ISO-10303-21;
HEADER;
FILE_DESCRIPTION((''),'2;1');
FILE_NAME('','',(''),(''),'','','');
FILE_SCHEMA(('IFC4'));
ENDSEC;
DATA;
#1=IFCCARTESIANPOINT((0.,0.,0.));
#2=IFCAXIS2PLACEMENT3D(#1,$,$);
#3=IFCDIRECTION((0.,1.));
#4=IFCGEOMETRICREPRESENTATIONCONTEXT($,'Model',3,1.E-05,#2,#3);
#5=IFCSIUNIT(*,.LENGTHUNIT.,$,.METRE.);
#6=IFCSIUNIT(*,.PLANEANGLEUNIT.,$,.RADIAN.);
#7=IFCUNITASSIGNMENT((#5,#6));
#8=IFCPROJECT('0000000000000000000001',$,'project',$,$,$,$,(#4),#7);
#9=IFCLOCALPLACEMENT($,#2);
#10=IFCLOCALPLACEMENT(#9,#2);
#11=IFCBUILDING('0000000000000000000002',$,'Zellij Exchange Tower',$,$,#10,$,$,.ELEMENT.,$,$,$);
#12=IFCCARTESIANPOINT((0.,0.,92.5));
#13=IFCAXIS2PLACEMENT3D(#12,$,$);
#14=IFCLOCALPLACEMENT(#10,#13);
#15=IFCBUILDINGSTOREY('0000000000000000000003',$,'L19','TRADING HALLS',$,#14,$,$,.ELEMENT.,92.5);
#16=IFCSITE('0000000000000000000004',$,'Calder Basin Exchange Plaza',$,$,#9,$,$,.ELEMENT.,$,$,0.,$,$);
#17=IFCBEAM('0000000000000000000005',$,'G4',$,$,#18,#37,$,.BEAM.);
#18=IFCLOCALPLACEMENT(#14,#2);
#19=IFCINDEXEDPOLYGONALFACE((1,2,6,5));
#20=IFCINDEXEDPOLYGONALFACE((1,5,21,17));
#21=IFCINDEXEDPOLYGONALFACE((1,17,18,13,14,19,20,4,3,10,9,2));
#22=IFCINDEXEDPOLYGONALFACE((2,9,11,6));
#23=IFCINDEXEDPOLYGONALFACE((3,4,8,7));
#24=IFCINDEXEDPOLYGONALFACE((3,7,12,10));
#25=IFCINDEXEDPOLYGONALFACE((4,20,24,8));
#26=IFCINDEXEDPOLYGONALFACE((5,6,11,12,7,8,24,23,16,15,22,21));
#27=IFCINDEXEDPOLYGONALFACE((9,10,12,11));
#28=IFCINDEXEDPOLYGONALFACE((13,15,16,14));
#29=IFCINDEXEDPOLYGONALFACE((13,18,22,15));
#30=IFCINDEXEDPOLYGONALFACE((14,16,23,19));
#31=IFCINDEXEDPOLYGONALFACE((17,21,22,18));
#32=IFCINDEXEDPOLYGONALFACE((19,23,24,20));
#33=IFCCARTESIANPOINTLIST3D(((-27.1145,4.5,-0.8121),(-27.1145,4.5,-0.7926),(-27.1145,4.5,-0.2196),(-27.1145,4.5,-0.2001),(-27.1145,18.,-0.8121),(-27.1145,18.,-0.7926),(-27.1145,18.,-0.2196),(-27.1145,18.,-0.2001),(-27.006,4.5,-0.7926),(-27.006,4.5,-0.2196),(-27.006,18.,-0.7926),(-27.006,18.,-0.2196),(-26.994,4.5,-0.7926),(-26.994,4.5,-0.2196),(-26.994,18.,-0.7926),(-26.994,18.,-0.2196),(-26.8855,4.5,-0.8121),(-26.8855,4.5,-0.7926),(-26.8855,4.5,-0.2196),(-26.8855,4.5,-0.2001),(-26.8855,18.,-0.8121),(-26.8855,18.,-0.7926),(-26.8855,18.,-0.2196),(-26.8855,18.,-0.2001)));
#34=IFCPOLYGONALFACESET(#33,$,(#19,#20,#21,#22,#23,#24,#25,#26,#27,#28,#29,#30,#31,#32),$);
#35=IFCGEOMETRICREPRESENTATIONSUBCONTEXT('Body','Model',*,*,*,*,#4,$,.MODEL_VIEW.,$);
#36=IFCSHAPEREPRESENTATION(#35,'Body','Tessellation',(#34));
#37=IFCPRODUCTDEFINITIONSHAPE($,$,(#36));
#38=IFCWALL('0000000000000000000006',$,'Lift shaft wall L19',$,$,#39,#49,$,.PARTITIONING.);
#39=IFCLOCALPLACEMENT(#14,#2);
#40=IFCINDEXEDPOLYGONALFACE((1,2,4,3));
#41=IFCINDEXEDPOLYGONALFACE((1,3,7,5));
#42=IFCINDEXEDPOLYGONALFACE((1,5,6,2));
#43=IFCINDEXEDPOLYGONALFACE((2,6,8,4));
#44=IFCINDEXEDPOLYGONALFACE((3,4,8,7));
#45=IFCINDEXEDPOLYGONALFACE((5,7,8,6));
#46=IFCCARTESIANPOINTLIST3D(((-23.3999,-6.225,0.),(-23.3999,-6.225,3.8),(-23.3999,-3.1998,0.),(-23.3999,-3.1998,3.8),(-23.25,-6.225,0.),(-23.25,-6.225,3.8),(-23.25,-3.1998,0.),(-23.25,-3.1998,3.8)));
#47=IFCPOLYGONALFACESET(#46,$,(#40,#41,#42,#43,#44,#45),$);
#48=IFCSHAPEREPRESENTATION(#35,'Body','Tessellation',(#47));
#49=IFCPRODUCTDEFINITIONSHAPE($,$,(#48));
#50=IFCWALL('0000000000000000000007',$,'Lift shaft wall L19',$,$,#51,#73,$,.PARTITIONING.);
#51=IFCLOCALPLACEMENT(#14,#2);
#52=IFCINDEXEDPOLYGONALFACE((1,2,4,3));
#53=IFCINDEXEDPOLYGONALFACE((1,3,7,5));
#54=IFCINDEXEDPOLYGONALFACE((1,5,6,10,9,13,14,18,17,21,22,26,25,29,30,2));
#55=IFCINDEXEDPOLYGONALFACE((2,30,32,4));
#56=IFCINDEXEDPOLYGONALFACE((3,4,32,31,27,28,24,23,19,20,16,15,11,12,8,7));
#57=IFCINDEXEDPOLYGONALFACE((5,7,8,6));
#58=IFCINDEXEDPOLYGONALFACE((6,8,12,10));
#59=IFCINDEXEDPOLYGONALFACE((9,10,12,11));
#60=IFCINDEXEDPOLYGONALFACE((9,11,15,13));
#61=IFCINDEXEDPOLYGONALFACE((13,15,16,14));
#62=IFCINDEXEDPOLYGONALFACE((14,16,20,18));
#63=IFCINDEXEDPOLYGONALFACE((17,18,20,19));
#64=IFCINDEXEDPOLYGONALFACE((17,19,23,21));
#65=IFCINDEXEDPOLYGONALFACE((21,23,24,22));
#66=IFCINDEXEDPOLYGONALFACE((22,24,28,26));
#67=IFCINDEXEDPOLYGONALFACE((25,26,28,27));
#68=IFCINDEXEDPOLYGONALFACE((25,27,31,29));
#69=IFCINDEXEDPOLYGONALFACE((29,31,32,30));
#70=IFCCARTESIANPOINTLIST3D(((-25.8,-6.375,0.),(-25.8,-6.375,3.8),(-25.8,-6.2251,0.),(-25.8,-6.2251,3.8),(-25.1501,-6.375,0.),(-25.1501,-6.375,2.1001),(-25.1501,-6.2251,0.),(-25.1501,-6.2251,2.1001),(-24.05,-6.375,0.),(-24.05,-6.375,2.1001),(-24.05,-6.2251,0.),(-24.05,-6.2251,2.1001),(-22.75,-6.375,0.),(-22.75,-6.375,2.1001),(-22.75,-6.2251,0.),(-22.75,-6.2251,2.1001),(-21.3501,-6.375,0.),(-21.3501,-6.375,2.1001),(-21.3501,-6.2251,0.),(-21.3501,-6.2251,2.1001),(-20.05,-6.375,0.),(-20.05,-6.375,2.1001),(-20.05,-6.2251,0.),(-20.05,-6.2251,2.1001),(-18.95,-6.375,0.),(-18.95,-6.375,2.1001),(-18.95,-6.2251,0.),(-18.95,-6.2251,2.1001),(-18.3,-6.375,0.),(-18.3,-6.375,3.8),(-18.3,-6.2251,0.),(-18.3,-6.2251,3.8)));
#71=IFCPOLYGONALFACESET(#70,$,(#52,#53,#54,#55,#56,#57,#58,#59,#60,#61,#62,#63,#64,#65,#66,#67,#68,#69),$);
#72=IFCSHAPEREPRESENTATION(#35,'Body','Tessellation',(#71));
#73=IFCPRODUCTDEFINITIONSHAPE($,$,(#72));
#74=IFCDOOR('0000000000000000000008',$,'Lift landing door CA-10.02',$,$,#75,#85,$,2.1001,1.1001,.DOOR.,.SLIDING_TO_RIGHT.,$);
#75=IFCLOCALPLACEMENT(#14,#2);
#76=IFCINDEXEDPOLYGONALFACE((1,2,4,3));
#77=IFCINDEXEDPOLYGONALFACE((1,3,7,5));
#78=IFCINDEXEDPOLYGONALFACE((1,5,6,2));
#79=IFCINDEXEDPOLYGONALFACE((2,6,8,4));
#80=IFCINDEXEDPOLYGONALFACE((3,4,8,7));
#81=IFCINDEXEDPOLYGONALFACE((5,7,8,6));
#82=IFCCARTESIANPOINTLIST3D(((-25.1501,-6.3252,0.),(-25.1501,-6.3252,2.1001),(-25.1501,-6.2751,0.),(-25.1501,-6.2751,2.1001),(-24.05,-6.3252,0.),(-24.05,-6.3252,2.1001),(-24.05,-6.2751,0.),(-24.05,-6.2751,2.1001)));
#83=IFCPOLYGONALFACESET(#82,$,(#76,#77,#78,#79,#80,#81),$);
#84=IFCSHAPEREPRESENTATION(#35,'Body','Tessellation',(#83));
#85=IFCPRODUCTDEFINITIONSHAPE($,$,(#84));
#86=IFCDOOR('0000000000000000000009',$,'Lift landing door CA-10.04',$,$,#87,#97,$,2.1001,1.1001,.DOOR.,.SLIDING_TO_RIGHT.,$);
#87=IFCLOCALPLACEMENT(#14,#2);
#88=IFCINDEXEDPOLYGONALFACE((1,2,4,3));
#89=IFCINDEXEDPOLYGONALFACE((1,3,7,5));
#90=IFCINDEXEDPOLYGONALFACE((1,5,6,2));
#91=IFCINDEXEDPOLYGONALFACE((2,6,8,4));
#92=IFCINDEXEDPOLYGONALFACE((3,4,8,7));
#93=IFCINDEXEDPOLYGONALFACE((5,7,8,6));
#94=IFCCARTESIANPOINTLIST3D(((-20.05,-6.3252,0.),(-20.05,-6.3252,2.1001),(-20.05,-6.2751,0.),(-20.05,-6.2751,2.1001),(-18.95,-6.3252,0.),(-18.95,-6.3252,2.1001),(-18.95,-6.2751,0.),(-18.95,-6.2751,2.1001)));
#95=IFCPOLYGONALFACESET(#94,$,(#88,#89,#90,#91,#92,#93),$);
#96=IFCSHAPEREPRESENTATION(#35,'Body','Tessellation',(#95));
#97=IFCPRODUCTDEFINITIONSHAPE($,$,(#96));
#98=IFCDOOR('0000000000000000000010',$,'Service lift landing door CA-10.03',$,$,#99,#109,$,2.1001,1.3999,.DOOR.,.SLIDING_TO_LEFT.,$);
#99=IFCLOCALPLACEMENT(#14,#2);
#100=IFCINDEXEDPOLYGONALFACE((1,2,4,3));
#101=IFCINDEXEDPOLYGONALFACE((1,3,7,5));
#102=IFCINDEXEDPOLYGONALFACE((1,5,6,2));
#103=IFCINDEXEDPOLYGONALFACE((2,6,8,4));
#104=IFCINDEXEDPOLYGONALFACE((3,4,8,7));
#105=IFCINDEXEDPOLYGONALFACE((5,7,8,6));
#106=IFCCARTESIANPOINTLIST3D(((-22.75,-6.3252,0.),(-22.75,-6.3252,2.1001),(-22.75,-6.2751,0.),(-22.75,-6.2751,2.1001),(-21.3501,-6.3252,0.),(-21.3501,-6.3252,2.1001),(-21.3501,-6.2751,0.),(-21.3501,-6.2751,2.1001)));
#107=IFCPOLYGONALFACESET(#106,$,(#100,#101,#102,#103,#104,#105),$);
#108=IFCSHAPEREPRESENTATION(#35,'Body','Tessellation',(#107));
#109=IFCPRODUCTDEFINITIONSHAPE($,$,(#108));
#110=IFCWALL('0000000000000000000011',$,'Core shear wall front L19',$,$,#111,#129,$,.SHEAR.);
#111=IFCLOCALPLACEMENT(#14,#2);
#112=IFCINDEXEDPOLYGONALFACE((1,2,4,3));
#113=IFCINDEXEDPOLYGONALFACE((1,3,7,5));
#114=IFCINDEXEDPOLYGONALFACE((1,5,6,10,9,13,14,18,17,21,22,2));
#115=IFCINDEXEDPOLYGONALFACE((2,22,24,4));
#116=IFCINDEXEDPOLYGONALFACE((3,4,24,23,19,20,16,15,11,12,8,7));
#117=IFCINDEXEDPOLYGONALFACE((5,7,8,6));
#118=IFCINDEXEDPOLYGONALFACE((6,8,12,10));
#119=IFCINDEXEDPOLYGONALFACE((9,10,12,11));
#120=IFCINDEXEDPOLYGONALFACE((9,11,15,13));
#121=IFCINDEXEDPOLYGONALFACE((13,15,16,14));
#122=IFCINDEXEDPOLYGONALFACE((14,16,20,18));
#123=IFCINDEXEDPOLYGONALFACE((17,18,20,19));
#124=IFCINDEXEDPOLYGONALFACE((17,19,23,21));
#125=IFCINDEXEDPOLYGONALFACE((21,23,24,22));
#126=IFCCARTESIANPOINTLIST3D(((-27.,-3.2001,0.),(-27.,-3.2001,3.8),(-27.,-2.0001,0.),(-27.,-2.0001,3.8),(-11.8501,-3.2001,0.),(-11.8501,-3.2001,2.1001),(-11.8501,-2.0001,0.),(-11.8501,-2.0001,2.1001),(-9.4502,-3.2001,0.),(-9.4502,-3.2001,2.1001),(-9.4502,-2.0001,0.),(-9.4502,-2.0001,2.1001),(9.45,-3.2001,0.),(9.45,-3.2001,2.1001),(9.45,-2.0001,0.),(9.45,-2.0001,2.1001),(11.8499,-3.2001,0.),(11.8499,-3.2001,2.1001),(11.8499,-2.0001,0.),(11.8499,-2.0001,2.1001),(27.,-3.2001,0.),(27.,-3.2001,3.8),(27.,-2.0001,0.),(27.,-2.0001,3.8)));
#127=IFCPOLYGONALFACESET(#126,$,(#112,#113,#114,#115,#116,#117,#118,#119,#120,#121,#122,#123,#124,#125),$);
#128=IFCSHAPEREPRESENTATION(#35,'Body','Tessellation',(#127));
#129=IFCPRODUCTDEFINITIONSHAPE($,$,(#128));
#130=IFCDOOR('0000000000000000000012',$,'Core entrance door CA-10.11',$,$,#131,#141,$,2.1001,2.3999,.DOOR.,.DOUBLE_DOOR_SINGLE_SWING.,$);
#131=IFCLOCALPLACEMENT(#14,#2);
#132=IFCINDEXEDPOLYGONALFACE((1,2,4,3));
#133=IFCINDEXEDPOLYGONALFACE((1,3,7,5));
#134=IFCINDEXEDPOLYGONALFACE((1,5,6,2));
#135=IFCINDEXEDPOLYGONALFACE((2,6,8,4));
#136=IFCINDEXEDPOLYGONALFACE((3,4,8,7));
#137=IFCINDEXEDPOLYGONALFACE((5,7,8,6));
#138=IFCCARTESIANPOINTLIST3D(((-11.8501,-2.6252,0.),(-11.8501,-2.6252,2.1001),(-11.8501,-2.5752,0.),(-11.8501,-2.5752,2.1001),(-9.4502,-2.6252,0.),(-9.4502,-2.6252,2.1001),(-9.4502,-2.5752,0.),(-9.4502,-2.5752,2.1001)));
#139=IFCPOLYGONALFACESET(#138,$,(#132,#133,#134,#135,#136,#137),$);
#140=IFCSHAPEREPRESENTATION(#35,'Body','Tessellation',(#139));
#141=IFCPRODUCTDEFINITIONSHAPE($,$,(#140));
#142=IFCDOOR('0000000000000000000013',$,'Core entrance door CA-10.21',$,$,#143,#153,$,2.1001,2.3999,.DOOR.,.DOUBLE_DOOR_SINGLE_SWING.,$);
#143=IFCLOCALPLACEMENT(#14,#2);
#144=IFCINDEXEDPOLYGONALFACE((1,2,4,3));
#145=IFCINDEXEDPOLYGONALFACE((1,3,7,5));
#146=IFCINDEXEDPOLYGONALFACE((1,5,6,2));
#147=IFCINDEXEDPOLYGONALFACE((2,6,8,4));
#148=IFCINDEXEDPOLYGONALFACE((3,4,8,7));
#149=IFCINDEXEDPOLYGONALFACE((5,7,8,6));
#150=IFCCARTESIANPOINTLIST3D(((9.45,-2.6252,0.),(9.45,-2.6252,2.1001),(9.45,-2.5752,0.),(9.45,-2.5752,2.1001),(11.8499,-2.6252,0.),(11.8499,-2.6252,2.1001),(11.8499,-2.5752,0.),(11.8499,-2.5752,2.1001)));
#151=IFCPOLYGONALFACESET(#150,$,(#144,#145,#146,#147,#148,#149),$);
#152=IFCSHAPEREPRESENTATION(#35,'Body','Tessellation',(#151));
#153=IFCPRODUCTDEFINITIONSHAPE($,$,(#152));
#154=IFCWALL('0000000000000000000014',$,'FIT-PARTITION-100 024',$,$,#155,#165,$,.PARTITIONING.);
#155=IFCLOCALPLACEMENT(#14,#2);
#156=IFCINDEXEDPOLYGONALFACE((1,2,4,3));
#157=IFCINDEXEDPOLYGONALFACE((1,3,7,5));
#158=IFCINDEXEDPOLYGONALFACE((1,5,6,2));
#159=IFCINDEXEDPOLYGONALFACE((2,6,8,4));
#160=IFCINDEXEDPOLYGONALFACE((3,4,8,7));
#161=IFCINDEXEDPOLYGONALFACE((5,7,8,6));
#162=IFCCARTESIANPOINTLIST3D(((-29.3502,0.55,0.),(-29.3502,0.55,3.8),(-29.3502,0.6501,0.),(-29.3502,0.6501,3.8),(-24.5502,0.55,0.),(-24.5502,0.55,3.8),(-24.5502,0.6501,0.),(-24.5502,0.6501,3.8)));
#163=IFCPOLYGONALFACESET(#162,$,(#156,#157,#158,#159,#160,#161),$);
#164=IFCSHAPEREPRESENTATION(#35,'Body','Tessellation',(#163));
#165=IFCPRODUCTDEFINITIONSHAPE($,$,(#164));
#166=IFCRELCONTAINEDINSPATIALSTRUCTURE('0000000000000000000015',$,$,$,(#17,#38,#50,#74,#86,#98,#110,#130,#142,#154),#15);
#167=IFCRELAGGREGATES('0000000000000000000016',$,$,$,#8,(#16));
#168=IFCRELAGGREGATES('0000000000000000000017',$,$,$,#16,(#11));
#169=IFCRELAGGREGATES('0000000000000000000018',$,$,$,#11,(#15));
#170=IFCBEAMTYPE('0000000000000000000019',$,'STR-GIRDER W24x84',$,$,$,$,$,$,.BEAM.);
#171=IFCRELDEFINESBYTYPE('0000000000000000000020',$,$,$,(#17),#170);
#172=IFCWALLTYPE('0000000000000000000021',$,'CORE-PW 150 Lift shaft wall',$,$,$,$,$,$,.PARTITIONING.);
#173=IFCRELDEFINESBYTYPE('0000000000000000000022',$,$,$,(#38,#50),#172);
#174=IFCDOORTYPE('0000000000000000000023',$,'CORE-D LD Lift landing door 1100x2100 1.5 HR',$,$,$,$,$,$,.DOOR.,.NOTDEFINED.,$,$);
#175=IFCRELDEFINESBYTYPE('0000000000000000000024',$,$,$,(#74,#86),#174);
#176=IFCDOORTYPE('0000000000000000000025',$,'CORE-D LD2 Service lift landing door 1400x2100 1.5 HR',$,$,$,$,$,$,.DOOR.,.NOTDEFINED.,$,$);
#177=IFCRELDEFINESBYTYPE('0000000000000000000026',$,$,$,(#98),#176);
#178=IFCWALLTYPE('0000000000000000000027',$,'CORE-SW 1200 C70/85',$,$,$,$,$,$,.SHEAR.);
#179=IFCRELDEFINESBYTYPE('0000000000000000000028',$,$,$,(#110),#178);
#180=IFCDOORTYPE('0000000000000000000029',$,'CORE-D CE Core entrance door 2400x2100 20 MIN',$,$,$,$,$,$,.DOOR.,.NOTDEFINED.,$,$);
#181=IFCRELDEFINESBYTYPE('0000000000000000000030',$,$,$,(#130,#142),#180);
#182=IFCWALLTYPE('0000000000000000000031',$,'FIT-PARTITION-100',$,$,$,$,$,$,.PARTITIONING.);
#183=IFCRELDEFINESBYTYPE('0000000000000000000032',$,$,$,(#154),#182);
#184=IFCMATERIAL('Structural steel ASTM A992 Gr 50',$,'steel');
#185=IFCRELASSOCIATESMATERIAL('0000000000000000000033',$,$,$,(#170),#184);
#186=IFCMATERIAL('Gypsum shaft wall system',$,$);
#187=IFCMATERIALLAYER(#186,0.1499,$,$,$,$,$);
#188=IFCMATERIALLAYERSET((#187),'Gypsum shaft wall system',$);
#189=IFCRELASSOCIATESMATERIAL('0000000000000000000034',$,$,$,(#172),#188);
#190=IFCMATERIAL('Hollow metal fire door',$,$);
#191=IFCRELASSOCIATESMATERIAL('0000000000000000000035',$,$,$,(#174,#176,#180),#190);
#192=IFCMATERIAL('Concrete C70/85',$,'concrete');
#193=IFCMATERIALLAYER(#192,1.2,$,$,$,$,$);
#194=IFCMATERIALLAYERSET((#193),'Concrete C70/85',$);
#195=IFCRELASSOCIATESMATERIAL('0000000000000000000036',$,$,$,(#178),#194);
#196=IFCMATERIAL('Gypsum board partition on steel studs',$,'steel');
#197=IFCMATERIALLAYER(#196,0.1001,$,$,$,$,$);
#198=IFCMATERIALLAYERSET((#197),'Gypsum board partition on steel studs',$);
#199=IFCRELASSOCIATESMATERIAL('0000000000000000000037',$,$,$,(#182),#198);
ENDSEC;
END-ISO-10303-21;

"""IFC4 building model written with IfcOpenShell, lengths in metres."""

from ifc_helpers import new_model, si_unit, direction, frame, frame_2d, origin, origin_2d, place, context, subcontext, project, spatial, rectangle, i_section, extrude, material, layer, layer_set, material_profile, profile_set, type_object, element, fill, save


model = new_model("IFC4")

# Units and contexts
model_context = context("Model", 3, precision=1e-05, world=origin(), true_north=direction((0.0, 1.0)))
body_context = subcontext(model_context, "Body", "Model", "MODEL_VIEW")
ifc_project = project(units=[si_unit("LENGTHUNIT", "METRE"), si_unit("PLANEANGLEUNIT", "RADIAN")], contexts=[model_context])

# Site, building, storey
site_placement = place(None, origin())
site = spatial("IfcSite", under=ifc_project, at=site_placement, Name="Calder Basin Exchange Plaza", CompositionType="ELEMENT", RefElevation=0.0)
building_placement = place(site_placement, origin())
building = spatial("IfcBuilding", under=site, at=building_placement, Name="Zellij Exchange Tower", CompositionType="ELEMENT")
storey_placement = place(building_placement, frame((0.0, 0.0, 92.5)))
storey = spatial("IfcBuildingStorey", under=building, at=storey_placement, Name="L19", Description="TRADING HALLS", CompositionType="ELEMENT", Elevation=92.5)

# Shared definitions
ifc_material_1 = material(Name="Concrete C70/85", Category="concrete")

# Beam
ifc_material_2 = material(Name="Structural steel ASTM A992 Gr 50", Category="steel")
ifc_material_profile_1 = material_profile(ifc_material_2, i_section(OverallWidth=0.229, OverallDepth=0.6121, WebThickness=0.012, FlangeThickness=0.0195, at=origin_2d()), Name="W24x84")
ifc_profile_set_1 = profile_set([ifc_material_profile_1], Name="Structural steel ASTM A992 Gr 50")
beam_type_1 = type_object("IfcBeamType", Name="STR-GIRDER W24x84", PredefinedType="BEAM", material=ifc_profile_set_1)
beam_1_placement = place(storey_placement, frame((-27.0, 4.5, -0.5061), z_axis=(0.0, 1.0, 0.0), x_axis=(-1.0, 0.0, 0.0)))
element("IfcBeam", 1, at=beam_1_placement, inside=storey, type_object=beam_type_1, Name="G4", PredefinedType="BEAM", context=body_context, shape_type="SweptSolid", body=[
    extrude(i_section(OverallWidth=0.229, OverallDepth=0.6121, WebThickness=0.012, FlangeThickness=0.0195, at=origin_2d()), origin(), (0.0, 0.0, 1.0), 13.5),
])

# Wall
ifc_material_3 = material(Name="Gypsum shaft wall system")
ifc_layer_1 = layer(ifc_material_3, 0.1499)
ifc_layer_set_1 = layer_set([ifc_layer_1], Name="Gypsum shaft wall system")
wall_type_1 = type_object("IfcWallType", Name="CORE-PW 150 Lift shaft wall", PredefinedType="PARTITIONING", material=ifc_layer_set_1)
wall_1_placement = place(storey_placement, frame((-23.325, -6.2251, 0.0), z_axis=(0.0, 0.0, 1.0), x_axis=(0.0, 1.0, 0.0)))
element("IfcWall", 2, at=wall_1_placement, inside=storey, type_object=wall_type_1, Name="Lift shaft wall L19", PredefinedType="PARTITIONING", context=body_context, shape_type="SweptSolid", body=[
    extrude(rectangle(XDim=3.0251, YDim=0.1499, at=frame_2d((1.5127, 0.0))), origin(), (0.0, 0.0, 1.0), 3.8),
])

# Walls, openings, doors
wall_2_placement = place(storey_placement, frame((-25.8, -6.3, 0.0), z_axis=(0.0, 0.0, 1.0), x_axis=(1.0, 0.0, 0.0)))
wall_2 = element("IfcWall", 3, at=wall_2_placement, inside=storey, type_object=wall_type_1, Name="Lift shaft wall L19", PredefinedType="PARTITIONING", context=body_context, shape_type="SweptSolid", body=[
    extrude(rectangle(XDim=7.5, YDim=0.1499, at=frame_2d((3.75, 0.0))), origin(), (0.0, 0.0, 1.0), 3.8),
])
opening_1_placement = place(wall_2_placement, frame((0.6499, 0.0, 0.0)))
opening_1 = element("IfcOpeningElement", 4, at=opening_1_placement, cuts=wall_2, PredefinedType="OPENING", context=body_context, shape_type="SweptSolid", body=[
    extrude(rectangle(XDim=1.1001, YDim=2.1001, at=frame_2d((0.55, 1.05))), frame((0.0, 0.0869, 0.0), z_axis=(0.0, -1.0, 0.0), x_axis=(1.0, 0.0, 0.0)), (0.0, 0.0, 1.0), 0.1738),
])
opening_2_placement = place(wall_2_placement, frame((3.05, 0.0, 0.0)))
opening_2 = element("IfcOpeningElement", 5, at=opening_2_placement, cuts=wall_2, PredefinedType="OPENING", context=body_context, shape_type="SweptSolid", body=[
    extrude(rectangle(XDim=1.3999, YDim=2.1001, at=frame_2d((0.7, 1.05))), frame((0.0, 0.0869, 0.0), z_axis=(0.0, -1.0, 0.0), x_axis=(1.0, 0.0, 0.0)), (0.0, 0.0, 1.0), 0.1738),
])
opening_3_placement = place(wall_2_placement, frame((5.75, 0.0, 0.0)))
opening_3 = element("IfcOpeningElement", 6, at=opening_3_placement, cuts=wall_2, PredefinedType="OPENING", context=body_context, shape_type="SweptSolid", body=[
    extrude(rectangle(XDim=1.1001, YDim=2.1001, at=frame_2d((0.55, 1.05))), frame((0.0, 0.0869, 0.0), z_axis=(0.0, -1.0, 0.0), x_axis=(1.0, 0.0, 0.0)), (0.0, 0.0, 1.0), 0.1738),
])
ifc_material_4 = material(Name="Hollow metal fire door")
door_type_1 = type_object("IfcDoorType", Name="CORE-D LD Lift landing door 1100x2100 1.5 HR", OperationType="NOTDEFINED", PredefinedType="DOOR", material=ifc_material_4)
door_1_placement = place(opening_1_placement, origin())
door_1 = element("IfcDoor", 7, at=door_1_placement, inside=storey, type_object=door_type_1, Name="Lift landing door CA-10.02", OperationType="SLIDING_TO_RIGHT", OverallHeight=2.1001, OverallWidth=1.1001, PredefinedType="DOOR", context=body_context, shape_type="SweptSolid", body=[
    extrude(rectangle(XDim=1.1001, YDim=2.1001, at=frame_2d((0.55, 1.05))), frame((0.0, 0.0249, 0.0), z_axis=(0.0, -1.0, 0.0), x_axis=(1.0, 0.0, 0.0)), (0.0, 0.0, 1.0), 0.05),
])
fill(opening_1, door_1)
door_2_placement = place(opening_3_placement, origin())
door_2 = element("IfcDoor", 8, at=door_2_placement, inside=storey, type_object=door_type_1, Name="Lift landing door CA-10.04", OperationType="SLIDING_TO_RIGHT", OverallHeight=2.1001, OverallWidth=1.1001, PredefinedType="DOOR", context=body_context, shape_type="SweptSolid", body=[
    extrude(rectangle(XDim=1.1001, YDim=2.1001, at=frame_2d((0.55, 1.05))), frame((0.0, 0.0249, 0.0), z_axis=(0.0, -1.0, 0.0), x_axis=(1.0, 0.0, 0.0)), (0.0, 0.0, 1.0), 0.05),
])
fill(opening_3, door_2)
door_type_2 = type_object("IfcDoorType", Name="CORE-D LD2 Service lift landing door 1400x2100 1.5 HR", OperationType="NOTDEFINED", PredefinedType="DOOR", material=ifc_material_4)
door_3_placement = place(opening_2_placement, origin())
door_3 = element("IfcDoor", 9, at=door_3_placement, inside=storey, type_object=door_type_2, Name="Service lift landing door CA-10.03", OperationType="SLIDING_TO_LEFT", OverallHeight=2.1001, OverallWidth=1.3999, PredefinedType="DOOR", context=body_context, shape_type="SweptSolid", body=[
    extrude(rectangle(XDim=1.3999, YDim=2.1001, at=frame_2d((0.7, 1.05))), frame((0.0, 0.0249, 0.0), z_axis=(0.0, -1.0, 0.0), x_axis=(1.0, 0.0, 0.0)), (0.0, 0.0, 1.0), 0.05),
])
fill(opening_2, door_3)
ifc_layer_2 = layer(ifc_material_1, 1.2)
ifc_layer_set_2 = layer_set([ifc_layer_2], Name="Concrete C70/85")
wall_type_2 = type_object("IfcWallType", Name="CORE-SW 1200 C70/85", PredefinedType="SHEAR", material=ifc_layer_set_2)
wall_3_placement = place(storey_placement, frame((-27.0, -2.6001, 0.0), z_axis=(0.0, 0.0, 1.0), x_axis=(1.0, 0.0, 0.0)))
wall_3 = element("IfcWall", 10, at=wall_3_placement, inside=storey, type_object=wall_type_2, Name="Core shear wall front L19", PredefinedType="SHEAR", context=body_context, shape_type="SweptSolid", body=[
    extrude(rectangle(XDim=54.0, YDim=1.2, at=frame_2d((27.0, 0.0))), origin(), (0.0, 0.0, 1.0), 3.8),
])
opening_4_placement = place(wall_3_placement, frame((15.1499, 0.0, 0.0)))
opening_4 = element("IfcOpeningElement", 11, at=opening_4_placement, cuts=wall_3, PredefinedType="OPENING", context=body_context, shape_type="SweptSolid", body=[
    extrude(rectangle(XDim=2.3999, YDim=2.1001, at=frame_2d((1.2, 1.05))), frame((0.0, 0.6118, 0.0), z_axis=(0.0, -1.0, 0.0), x_axis=(1.0, 0.0, 0.0)), (0.0, 0.0, 1.0), 1.2239),
])
opening_5_placement = place(wall_3_placement, frame((36.45, 0.0, 0.0)))
opening_5 = element("IfcOpeningElement", 12, at=opening_5_placement, cuts=wall_3, PredefinedType="OPENING", context=body_context, shape_type="SweptSolid", body=[
    extrude(rectangle(XDim=2.3999, YDim=2.1001, at=frame_2d((1.2, 1.05))), frame((0.0, 0.6118, 0.0), z_axis=(0.0, -1.0, 0.0), x_axis=(1.0, 0.0, 0.0)), (0.0, 0.0, 1.0), 1.2239),
])
door_type_3 = type_object("IfcDoorType", Name="CORE-D CE Core entrance door 2400x2100 20 MIN", OperationType="NOTDEFINED", PredefinedType="DOOR", material=ifc_material_4)
door_4_placement = place(opening_4_placement, origin())
door_4 = element("IfcDoor", 13, at=door_4_placement, inside=storey, type_object=door_type_3, Name="Core entrance door CA-10.11", OperationType="DOUBLE_DOOR_SINGLE_SWING", OverallHeight=2.1001, OverallWidth=2.3999, PredefinedType="DOOR", context=body_context, shape_type="SweptSolid", body=[
    extrude(rectangle(XDim=2.3999, YDim=2.1001, at=frame_2d((1.2, 1.05))), frame((0.0, 0.0249, 0.0), z_axis=(0.0, -1.0, 0.0), x_axis=(1.0, 0.0, 0.0)), (0.0, 0.0, 1.0), 0.05),
])
fill(opening_4, door_4)
door_5_placement = place(opening_5_placement, origin())
door_5 = element("IfcDoor", 14, at=door_5_placement, inside=storey, type_object=door_type_3, Name="Core entrance door CA-10.21", OperationType="DOUBLE_DOOR_SINGLE_SWING", OverallHeight=2.1001, OverallWidth=2.3999, PredefinedType="DOOR", context=body_context, shape_type="SweptSolid", body=[
    extrude(rectangle(XDim=2.3999, YDim=2.1001, at=frame_2d((1.2, 1.05))), frame((0.0, 0.0249, 0.0), z_axis=(0.0, -1.0, 0.0), x_axis=(1.0, 0.0, 0.0)), (0.0, 0.0, 1.0), 0.05),
])
fill(opening_5, door_5)

# Wall
ifc_material_5 = material(Name="Gypsum board partition on steel studs", Category="steel")
ifc_layer_3 = layer(ifc_material_5, 0.1001)
ifc_layer_set_3 = layer_set([ifc_layer_3], Name="Gypsum board partition on steel studs")
wall_type_3 = type_object("IfcWallType", Name="FIT-PARTITION-100", PredefinedType="PARTITIONING", material=ifc_layer_set_3)
wall_4_placement = place(storey_placement, frame((-29.3501, 0.6001, 0.0), z_axis=(0.0, 0.0, 1.0), x_axis=(1.0, 0.0, 0.0)))
element("IfcWall", 15, at=wall_4_placement, inside=storey, type_object=wall_type_3, Name="FIT-PARTITION-100 024", PredefinedType="PARTITIONING", context=body_context, shape_type="SweptSolid", body=[
    extrude(rectangle(XDim=4.8, YDim=0.1001, at=frame_2d((2.3999, 0.0))), origin(), (0.0, 0.0, 1.0), 3.8),
])

save(model, "model.ifc")
